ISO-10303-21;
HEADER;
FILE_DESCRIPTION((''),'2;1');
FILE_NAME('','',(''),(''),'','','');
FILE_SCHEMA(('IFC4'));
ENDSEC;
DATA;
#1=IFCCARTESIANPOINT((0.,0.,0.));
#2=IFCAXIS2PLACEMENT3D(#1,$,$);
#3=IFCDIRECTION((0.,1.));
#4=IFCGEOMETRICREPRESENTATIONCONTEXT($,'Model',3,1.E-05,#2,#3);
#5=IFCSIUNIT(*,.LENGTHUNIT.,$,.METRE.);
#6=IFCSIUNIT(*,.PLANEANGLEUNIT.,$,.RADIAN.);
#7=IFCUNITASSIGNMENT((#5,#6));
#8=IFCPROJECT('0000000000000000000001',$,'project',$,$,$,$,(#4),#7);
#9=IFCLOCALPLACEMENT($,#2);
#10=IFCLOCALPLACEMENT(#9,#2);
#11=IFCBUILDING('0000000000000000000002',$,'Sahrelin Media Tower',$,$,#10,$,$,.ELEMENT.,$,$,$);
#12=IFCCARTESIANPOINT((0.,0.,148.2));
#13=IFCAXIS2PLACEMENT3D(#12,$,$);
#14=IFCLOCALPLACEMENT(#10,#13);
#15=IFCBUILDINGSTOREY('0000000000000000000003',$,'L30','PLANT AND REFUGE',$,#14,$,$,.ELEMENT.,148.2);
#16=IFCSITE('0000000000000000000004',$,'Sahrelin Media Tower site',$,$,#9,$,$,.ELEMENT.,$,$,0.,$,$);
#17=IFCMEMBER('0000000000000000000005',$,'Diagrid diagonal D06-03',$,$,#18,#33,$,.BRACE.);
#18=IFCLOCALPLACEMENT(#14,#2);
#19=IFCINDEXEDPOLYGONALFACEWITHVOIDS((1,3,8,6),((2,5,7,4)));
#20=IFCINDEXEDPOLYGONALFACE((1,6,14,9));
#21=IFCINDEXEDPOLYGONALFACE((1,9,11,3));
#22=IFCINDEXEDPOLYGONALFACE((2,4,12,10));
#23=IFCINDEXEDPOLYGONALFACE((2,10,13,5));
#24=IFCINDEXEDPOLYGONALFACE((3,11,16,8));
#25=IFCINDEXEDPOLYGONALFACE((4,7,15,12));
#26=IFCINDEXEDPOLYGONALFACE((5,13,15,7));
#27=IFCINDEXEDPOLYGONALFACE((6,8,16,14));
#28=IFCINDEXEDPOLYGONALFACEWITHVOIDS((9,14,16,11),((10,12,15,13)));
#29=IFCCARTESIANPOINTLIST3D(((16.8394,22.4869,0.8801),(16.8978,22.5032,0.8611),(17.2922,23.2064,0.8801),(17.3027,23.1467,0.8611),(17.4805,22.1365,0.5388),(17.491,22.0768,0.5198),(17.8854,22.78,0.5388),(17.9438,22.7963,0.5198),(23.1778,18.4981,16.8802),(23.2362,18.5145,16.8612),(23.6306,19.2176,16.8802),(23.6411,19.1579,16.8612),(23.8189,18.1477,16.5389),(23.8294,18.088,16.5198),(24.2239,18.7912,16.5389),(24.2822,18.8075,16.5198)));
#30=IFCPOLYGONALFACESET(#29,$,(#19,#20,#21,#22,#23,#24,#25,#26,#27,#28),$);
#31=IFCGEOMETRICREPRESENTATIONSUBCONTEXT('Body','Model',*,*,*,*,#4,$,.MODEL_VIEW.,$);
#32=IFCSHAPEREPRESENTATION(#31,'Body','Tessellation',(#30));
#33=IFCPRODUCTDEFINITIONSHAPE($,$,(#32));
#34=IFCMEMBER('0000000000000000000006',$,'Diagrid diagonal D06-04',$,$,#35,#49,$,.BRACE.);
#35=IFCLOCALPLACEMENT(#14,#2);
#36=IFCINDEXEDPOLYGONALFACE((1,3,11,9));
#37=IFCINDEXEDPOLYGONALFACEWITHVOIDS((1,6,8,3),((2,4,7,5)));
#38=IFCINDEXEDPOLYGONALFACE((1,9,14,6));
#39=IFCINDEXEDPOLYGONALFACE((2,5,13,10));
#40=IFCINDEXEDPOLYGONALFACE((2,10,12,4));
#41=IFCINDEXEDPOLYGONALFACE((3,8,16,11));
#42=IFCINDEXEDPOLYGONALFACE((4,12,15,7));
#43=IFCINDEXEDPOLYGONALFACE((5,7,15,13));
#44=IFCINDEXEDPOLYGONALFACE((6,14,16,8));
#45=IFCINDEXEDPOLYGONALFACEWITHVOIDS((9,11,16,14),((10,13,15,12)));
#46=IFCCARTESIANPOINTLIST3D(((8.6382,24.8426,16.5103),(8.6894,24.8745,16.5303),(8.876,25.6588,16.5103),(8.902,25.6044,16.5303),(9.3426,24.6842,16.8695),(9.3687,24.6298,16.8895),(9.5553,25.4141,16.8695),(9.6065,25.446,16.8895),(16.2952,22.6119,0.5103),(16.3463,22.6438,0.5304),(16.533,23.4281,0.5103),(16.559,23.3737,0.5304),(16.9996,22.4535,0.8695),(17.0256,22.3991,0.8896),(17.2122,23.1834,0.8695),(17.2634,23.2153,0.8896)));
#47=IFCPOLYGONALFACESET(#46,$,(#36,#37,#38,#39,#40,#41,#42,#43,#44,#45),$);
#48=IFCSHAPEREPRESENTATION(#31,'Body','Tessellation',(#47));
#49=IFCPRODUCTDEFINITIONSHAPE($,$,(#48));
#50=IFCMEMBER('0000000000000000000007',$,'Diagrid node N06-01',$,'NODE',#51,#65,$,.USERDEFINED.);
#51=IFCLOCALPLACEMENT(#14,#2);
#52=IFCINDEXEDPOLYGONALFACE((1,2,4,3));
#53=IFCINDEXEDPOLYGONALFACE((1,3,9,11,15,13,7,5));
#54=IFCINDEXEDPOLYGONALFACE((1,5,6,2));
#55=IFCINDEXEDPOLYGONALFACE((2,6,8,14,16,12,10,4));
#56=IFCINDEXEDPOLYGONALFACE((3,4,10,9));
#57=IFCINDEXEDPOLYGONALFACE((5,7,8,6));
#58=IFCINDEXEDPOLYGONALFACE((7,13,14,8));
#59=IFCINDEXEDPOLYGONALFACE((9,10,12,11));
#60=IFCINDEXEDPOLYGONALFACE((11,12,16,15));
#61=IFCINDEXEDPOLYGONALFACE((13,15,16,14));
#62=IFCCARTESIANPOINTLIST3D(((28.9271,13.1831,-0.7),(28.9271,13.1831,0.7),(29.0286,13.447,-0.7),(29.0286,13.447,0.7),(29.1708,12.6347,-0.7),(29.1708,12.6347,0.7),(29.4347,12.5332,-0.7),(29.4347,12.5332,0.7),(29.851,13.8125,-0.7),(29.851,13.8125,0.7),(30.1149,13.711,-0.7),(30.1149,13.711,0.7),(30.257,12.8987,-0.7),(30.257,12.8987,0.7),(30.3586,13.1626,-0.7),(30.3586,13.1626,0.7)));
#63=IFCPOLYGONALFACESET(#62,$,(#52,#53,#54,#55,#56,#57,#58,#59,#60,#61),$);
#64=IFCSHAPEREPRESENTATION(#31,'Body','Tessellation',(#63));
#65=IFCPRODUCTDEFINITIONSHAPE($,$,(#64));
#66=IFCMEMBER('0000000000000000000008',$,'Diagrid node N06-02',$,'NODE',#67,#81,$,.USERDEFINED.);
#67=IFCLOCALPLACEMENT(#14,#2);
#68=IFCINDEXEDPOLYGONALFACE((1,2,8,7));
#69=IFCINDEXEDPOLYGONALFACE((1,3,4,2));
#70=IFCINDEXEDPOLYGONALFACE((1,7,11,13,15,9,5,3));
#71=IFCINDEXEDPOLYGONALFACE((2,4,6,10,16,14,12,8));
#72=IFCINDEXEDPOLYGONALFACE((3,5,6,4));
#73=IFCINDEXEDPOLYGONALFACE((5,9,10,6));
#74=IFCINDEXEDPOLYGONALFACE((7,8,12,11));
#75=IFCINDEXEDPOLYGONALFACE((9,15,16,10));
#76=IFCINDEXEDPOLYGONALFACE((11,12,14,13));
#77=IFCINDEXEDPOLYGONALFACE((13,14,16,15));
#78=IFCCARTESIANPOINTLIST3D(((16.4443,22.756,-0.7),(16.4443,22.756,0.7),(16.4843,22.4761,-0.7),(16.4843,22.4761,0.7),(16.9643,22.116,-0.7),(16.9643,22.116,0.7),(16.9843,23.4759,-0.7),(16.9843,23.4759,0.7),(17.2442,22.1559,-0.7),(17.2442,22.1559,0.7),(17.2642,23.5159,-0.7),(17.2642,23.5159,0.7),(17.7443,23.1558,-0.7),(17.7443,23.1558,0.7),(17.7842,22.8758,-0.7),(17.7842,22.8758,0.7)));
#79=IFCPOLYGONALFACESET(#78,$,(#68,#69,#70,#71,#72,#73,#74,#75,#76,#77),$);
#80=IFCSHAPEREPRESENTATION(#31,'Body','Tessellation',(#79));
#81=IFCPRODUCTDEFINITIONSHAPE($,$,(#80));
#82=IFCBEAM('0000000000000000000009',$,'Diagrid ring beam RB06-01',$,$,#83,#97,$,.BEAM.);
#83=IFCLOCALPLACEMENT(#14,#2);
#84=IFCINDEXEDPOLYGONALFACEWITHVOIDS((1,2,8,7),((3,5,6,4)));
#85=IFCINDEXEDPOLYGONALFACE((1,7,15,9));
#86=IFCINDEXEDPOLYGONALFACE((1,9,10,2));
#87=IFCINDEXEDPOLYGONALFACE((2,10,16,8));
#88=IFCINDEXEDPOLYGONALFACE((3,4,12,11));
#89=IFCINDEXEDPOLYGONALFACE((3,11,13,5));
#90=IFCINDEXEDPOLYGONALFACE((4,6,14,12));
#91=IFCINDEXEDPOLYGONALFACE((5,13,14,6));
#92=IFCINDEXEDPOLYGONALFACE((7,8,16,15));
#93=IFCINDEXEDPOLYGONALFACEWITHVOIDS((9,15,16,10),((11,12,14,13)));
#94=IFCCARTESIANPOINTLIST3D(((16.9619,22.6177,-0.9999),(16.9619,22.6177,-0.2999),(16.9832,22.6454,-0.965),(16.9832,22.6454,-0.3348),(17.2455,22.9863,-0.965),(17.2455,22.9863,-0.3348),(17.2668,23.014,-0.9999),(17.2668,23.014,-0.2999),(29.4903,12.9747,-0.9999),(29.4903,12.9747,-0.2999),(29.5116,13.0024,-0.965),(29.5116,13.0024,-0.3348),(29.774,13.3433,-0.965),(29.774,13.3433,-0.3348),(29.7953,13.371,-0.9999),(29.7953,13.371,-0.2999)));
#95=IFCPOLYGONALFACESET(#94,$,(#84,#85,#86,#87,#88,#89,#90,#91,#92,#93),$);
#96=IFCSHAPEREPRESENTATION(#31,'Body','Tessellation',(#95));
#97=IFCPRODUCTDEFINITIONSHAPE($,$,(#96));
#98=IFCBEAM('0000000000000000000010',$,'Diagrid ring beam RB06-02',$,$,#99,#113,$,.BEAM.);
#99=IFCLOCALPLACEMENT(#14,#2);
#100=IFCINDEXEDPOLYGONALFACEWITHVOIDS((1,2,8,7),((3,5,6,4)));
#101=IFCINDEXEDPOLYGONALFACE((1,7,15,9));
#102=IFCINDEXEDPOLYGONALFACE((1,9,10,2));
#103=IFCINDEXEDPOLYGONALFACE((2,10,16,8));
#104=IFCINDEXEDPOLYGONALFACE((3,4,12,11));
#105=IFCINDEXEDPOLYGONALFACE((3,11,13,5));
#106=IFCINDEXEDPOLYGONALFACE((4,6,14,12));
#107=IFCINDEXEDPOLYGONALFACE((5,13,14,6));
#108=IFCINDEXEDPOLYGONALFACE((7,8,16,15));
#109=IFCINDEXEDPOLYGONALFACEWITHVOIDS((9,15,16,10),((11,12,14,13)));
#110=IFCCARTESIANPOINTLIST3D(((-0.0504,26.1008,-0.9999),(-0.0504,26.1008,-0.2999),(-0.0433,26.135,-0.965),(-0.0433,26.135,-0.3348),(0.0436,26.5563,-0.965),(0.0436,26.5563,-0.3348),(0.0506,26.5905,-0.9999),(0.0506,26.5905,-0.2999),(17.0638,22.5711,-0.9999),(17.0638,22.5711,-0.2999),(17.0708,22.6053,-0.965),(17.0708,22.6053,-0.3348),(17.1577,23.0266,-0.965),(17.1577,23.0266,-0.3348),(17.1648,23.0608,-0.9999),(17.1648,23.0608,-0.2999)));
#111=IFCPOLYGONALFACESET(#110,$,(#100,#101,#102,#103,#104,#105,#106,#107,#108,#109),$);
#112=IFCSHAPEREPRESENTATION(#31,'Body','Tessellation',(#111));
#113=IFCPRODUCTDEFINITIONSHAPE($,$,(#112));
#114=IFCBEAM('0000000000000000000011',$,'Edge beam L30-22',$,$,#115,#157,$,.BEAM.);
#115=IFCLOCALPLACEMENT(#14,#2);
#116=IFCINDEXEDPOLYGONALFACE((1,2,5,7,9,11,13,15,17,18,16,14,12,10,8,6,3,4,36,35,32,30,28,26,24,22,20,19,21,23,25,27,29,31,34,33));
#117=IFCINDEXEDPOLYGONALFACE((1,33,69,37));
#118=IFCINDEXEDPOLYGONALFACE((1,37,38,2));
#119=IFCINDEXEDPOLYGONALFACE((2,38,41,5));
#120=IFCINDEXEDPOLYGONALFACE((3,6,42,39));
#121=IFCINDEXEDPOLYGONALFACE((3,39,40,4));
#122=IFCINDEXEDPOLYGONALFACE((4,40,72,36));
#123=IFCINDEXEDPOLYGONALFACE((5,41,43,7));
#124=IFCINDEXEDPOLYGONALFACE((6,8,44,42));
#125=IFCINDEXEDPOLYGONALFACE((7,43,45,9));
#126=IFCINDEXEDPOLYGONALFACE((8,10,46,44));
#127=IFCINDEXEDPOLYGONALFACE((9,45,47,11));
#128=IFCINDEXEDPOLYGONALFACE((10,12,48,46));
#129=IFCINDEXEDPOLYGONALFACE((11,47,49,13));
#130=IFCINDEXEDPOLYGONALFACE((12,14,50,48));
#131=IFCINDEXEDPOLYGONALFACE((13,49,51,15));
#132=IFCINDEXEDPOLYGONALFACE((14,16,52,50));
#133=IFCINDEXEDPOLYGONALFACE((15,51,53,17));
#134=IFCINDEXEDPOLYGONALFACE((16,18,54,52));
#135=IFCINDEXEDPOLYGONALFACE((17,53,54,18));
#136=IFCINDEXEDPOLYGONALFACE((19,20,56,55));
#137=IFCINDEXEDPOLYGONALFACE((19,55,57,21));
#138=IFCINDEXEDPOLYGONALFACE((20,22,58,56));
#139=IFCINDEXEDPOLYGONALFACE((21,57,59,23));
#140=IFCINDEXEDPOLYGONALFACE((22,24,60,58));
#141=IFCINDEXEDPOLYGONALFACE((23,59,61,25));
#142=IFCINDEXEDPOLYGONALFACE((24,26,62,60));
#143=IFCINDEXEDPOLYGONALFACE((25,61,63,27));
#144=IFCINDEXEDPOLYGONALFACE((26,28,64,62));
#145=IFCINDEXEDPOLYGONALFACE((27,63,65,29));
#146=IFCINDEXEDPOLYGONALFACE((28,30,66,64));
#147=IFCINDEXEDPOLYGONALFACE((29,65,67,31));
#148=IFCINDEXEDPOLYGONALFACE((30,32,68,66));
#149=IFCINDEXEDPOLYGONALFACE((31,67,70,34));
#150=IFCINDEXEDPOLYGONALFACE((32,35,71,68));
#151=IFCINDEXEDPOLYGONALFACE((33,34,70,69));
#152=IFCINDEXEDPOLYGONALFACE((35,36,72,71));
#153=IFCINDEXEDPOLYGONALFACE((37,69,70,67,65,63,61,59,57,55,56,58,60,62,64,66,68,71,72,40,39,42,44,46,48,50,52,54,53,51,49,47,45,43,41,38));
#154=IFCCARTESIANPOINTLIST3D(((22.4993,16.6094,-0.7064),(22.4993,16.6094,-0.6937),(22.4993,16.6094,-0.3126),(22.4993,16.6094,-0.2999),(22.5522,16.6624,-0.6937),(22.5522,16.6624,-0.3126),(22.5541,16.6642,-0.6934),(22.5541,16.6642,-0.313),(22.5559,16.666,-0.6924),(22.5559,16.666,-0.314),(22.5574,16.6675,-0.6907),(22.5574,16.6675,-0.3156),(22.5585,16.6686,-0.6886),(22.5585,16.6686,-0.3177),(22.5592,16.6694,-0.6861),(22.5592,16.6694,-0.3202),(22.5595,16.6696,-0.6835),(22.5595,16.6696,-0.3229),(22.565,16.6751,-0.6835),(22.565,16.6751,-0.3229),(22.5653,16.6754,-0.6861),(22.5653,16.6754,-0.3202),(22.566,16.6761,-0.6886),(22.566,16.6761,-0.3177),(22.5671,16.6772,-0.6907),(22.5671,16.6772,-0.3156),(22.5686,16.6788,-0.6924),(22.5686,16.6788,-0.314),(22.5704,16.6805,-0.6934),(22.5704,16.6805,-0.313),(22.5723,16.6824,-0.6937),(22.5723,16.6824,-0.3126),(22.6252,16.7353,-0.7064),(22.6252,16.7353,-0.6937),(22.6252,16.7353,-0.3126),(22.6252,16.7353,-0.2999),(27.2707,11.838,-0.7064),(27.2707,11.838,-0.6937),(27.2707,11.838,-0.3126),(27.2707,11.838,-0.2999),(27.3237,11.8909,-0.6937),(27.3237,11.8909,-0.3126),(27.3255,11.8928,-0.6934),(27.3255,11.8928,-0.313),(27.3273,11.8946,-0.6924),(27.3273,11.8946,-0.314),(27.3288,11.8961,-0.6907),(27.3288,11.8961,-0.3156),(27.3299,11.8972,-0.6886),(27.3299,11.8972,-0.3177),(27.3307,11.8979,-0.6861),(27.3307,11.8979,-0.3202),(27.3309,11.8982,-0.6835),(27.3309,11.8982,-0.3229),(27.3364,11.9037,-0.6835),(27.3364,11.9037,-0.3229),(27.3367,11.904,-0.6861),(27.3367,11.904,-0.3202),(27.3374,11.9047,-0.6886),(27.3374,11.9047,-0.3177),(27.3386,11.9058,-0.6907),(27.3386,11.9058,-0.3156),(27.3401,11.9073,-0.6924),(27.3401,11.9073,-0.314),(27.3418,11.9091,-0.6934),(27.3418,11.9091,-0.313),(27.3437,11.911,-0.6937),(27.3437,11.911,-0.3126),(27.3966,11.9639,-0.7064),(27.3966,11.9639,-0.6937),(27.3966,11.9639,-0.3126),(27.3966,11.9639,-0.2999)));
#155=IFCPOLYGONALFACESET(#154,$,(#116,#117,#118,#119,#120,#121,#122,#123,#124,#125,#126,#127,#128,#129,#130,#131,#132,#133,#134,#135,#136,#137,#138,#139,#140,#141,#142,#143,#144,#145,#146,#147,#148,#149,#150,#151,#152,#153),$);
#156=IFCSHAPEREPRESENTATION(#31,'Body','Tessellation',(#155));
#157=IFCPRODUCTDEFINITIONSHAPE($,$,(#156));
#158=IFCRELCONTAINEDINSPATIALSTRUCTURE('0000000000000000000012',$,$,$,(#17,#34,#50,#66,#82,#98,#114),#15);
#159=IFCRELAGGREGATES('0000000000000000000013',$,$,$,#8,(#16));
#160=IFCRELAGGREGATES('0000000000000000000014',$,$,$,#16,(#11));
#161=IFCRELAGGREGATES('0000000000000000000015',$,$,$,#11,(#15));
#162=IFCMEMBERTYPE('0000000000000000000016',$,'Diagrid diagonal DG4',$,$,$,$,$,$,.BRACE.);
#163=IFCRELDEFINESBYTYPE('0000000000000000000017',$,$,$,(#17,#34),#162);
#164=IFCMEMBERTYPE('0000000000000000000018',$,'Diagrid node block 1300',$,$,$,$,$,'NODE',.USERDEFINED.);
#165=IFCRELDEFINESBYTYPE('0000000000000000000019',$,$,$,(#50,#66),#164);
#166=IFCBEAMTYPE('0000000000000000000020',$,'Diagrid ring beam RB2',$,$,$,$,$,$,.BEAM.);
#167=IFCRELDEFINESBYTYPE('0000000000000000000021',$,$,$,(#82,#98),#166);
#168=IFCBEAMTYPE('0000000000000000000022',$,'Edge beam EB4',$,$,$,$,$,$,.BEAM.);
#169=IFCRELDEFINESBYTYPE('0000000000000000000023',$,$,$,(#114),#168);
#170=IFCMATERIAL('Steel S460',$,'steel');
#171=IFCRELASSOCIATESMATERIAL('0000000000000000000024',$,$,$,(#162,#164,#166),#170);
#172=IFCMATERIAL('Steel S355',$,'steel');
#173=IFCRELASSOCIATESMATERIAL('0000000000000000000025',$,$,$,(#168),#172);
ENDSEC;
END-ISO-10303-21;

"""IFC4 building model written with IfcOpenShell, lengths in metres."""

from ifc_helpers import new_model, si_unit, direction, frame, origin, origin_2d, place, context, subcontext, project, spatial, polyline, hollow_rectangle, i_section, outline, extrude, material, material_profile, profile_set, type_object, element, save


model = new_model("IFC4")

# Units and contexts
model_context = context("Model", 3, precision=1e-05, world=origin(), true_north=direction((0.0, 1.0)))
body_context = subcontext(model_context, "Body", "Model", "MODEL_VIEW")
ifc_project = project(units=[si_unit("LENGTHUNIT", "METRE"), si_unit("PLANEANGLEUNIT", "RADIAN")], contexts=[model_context])

# Site, building, storey
site_placement = place(None, origin())
site = spatial("IfcSite", under=ifc_project, at=site_placement, Name="Sahrelin Media Tower site", CompositionType="ELEMENT", RefElevation=0.0)
building_placement = place(site_placement, origin())
building = spatial("IfcBuilding", under=site, at=building_placement, Name="Sahrelin Media Tower", CompositionType="ELEMENT")
storey_placement = place(building_placement, frame((0.0, 0.0, 148.2)))
storey = spatial("IfcBuildingStorey", under=building, at=storey_placement, Name="L30", Description="PLANT AND REFUGE", CompositionType="ELEMENT", Elevation=148.2)

# Members
ifc_material_1 = material(Name="Steel S460", Category="steel")
ifc_material_profile_1 = material_profile(ifc_material_1, hollow_rectangle(XDim=0.8501, YDim=0.8501, WallThickness=0.0449, at=origin_2d()), Name="Diagrid diagonal DG4")
ifc_profile_set_1 = profile_set([ifc_material_profile_1], Name="Steel S460")
member_type_1 = type_object("IfcMemberType", Name="Diagrid diagonal DG4", PredefinedType="BRACE", material=ifc_profile_set_1)
member_1_placement = place(storey_placement, frame((17.3916, 22.6416, 0.7), z_axis=(0.358791, -0.225789, 0.905698), x_axis=(0.532616, 0.846357, 0.0)))
element("IfcMember", 1, at=member_1_placement, inside=storey, type_object=member_type_1, Name="Diagrid diagonal D06-03", PredefinedType="BRACE", context=body_context, shape_type="SweptSolid", body=[
    extrude(hollow_rectangle(XDim=0.8501, YDim=0.8501, WallThickness=0.0449, at=origin_2d()), origin(), (0.0, 0.0, 1.0), 17.666),
])
member_2_placement = place(storey_placement, frame((16.7793, 22.9136, 0.7), z_axis=(-0.428302, 0.124778, 0.894979), x_axis=(-0.279703, -0.960087, 0.0)))
element("IfcMember", 2, at=member_2_placement, inside=storey, type_object=member_type_1, Name="Diagrid diagonal D06-04", PredefinedType="BRACE", context=body_context, shape_type="SweptSolid", body=[
    extrude(hollow_rectangle(XDim=0.8501, YDim=0.8501, WallThickness=0.0449, at=origin_2d()), origin(), (0.0, 0.0, 1.0), 17.8774),
])
ifc_material_profile_2 = material_profile(ifc_material_1, outline(polyline([(0.45, -0.5), (0.6499, -0.3), (0.6499, 0.3), (0.45, 0.5), (-0.45, 0.5), (-0.6499, 0.3), (-0.6499, -0.3), (-0.45, -0.5), (0.45, -0.5)])), Name="Diagrid node block 1300")
ifc_profile_set_2 = profile_set([ifc_material_profile_2], Name="Steel S460")
member_type_2 = type_object("IfcMemberType", Name="Diagrid node block 1300", ElementType="NODE", PredefinedType="USERDEFINED", material=ifc_profile_set_2)
for number, where, z_axis, x_axis, name in (
    (3, (29.6428, 13.1729, -0.7), (0.0, 0.0, 1.0), (0.913831, 0.406094, 0.0), "Diagrid node N06-01"),
    (4, (17.1143, 22.8159, -0.7), (0.0, 0.0, 1.0), (0.600052, 0.799961, 0.0), "Diagrid node N06-02"),
):
    element("IfcMember", number, at=place(storey_placement, frame(where, z_axis=z_axis, x_axis=x_axis)), inside=storey, type_object=member_type_2, Name=name, ObjectType="NODE", PredefinedType="USERDEFINED", context=body_context, shape_type="SweptSolid", body=[
        extrude(outline(polyline([(0.45, -0.5), (0.6499, -0.3), (0.6499, 0.3), (0.45, 0.5), (-0.45, 0.5), (-0.6499, 0.3), (-0.6499, -0.3), (-0.45, -0.5), (0.45, -0.5)])), origin(), (0.0, 0.0, 1.0), 1.3999),
    ])

# Beams
ifc_material_profile_3 = material_profile(ifc_material_1, hollow_rectangle(XDim=0.5, YDim=0.7, WallThickness=0.0349, at=origin_2d()), Name="Diagrid ring beam RB2")
ifc_profile_set_3 = profile_set([ifc_material_profile_3], Name="Steel S460")
beam_type_1 = type_object("IfcBeamType", Name="Diagrid ring beam RB2", PredefinedType="BEAM", material=ifc_profile_set_3)
beam_1_placement = place(storey_placement, frame((29.6428, 13.1729, -0.6499), z_axis=(-0.792449, 0.609938, 0.0), x_axis=(-0.609938, -0.792449, 0.0)))
element("IfcBeam", 5, at=beam_1_placement, inside=storey, type_object=beam_type_1, Name="Diagrid ring beam RB06-01", PredefinedType="BEAM", context=body_context, shape_type="SweptSolid", body=[
    extrude(hollow_rectangle(XDim=0.5, YDim=0.7, WallThickness=0.0349, at=origin_2d()), origin(), (0.0, 0.0, 1.0), 15.8098),
])
beam_2_placement = place(storey_placement, frame((17.1143, 22.8159, -0.6499), z_axis=(-0.979386, 0.201997, 0.0), x_axis=(-0.201997, -0.979386, 0.0)))
element("IfcBeam", 6, at=beam_2_placement, inside=storey, type_object=beam_type_1, Name="Diagrid ring beam RB06-02", PredefinedType="BEAM", context=body_context, shape_type="SweptSolid", body=[
    extrude(hollow_rectangle(XDim=0.5, YDim=0.7, WallThickness=0.0349, at=origin_2d()), origin(), (0.0, 0.0, 1.0), 17.4744),
])
ifc_material_2 = material(Name="Steel S355", Category="steel")
ifc_material_profile_4 = material_profile(ifc_material_2, i_section(OverallWidth=0.178, OverallDepth=0.4065, WebThickness=0.0078, FlangeThickness=0.0127, FilletRadius=0.0103, at=origin_2d()), Name="UB 406x178x60")
ifc_profile_set_4 = profile_set([ifc_material_profile_4], Name="Steel S355")
beam_type_2 = type_object("IfcBeamType", Name="Edge beam EB4", PredefinedType="BEAM", material=ifc_profile_set_4)
beam_3_placement = place(storey_placement, frame((22.5623, 16.6724, -0.5032), z_axis=(0.707107, -0.707107, 0.0), x_axis=(0.707107, 0.707107, 0.0)))
element("IfcBeam", 7, at=beam_3_placement, inside=storey, type_object=beam_type_2, Name="Edge beam L30-22", PredefinedType="BEAM", context=body_context, shape_type="SweptSolid", body=[
    extrude(i_section(OverallWidth=0.178, OverallDepth=0.4065, WebThickness=0.0078, FlangeThickness=0.0127, FilletRadius=0.0103, at=origin_2d()), origin(), (0.0, 0.0, 1.0), 6.7478),
])

save(model, "model.ifc")
